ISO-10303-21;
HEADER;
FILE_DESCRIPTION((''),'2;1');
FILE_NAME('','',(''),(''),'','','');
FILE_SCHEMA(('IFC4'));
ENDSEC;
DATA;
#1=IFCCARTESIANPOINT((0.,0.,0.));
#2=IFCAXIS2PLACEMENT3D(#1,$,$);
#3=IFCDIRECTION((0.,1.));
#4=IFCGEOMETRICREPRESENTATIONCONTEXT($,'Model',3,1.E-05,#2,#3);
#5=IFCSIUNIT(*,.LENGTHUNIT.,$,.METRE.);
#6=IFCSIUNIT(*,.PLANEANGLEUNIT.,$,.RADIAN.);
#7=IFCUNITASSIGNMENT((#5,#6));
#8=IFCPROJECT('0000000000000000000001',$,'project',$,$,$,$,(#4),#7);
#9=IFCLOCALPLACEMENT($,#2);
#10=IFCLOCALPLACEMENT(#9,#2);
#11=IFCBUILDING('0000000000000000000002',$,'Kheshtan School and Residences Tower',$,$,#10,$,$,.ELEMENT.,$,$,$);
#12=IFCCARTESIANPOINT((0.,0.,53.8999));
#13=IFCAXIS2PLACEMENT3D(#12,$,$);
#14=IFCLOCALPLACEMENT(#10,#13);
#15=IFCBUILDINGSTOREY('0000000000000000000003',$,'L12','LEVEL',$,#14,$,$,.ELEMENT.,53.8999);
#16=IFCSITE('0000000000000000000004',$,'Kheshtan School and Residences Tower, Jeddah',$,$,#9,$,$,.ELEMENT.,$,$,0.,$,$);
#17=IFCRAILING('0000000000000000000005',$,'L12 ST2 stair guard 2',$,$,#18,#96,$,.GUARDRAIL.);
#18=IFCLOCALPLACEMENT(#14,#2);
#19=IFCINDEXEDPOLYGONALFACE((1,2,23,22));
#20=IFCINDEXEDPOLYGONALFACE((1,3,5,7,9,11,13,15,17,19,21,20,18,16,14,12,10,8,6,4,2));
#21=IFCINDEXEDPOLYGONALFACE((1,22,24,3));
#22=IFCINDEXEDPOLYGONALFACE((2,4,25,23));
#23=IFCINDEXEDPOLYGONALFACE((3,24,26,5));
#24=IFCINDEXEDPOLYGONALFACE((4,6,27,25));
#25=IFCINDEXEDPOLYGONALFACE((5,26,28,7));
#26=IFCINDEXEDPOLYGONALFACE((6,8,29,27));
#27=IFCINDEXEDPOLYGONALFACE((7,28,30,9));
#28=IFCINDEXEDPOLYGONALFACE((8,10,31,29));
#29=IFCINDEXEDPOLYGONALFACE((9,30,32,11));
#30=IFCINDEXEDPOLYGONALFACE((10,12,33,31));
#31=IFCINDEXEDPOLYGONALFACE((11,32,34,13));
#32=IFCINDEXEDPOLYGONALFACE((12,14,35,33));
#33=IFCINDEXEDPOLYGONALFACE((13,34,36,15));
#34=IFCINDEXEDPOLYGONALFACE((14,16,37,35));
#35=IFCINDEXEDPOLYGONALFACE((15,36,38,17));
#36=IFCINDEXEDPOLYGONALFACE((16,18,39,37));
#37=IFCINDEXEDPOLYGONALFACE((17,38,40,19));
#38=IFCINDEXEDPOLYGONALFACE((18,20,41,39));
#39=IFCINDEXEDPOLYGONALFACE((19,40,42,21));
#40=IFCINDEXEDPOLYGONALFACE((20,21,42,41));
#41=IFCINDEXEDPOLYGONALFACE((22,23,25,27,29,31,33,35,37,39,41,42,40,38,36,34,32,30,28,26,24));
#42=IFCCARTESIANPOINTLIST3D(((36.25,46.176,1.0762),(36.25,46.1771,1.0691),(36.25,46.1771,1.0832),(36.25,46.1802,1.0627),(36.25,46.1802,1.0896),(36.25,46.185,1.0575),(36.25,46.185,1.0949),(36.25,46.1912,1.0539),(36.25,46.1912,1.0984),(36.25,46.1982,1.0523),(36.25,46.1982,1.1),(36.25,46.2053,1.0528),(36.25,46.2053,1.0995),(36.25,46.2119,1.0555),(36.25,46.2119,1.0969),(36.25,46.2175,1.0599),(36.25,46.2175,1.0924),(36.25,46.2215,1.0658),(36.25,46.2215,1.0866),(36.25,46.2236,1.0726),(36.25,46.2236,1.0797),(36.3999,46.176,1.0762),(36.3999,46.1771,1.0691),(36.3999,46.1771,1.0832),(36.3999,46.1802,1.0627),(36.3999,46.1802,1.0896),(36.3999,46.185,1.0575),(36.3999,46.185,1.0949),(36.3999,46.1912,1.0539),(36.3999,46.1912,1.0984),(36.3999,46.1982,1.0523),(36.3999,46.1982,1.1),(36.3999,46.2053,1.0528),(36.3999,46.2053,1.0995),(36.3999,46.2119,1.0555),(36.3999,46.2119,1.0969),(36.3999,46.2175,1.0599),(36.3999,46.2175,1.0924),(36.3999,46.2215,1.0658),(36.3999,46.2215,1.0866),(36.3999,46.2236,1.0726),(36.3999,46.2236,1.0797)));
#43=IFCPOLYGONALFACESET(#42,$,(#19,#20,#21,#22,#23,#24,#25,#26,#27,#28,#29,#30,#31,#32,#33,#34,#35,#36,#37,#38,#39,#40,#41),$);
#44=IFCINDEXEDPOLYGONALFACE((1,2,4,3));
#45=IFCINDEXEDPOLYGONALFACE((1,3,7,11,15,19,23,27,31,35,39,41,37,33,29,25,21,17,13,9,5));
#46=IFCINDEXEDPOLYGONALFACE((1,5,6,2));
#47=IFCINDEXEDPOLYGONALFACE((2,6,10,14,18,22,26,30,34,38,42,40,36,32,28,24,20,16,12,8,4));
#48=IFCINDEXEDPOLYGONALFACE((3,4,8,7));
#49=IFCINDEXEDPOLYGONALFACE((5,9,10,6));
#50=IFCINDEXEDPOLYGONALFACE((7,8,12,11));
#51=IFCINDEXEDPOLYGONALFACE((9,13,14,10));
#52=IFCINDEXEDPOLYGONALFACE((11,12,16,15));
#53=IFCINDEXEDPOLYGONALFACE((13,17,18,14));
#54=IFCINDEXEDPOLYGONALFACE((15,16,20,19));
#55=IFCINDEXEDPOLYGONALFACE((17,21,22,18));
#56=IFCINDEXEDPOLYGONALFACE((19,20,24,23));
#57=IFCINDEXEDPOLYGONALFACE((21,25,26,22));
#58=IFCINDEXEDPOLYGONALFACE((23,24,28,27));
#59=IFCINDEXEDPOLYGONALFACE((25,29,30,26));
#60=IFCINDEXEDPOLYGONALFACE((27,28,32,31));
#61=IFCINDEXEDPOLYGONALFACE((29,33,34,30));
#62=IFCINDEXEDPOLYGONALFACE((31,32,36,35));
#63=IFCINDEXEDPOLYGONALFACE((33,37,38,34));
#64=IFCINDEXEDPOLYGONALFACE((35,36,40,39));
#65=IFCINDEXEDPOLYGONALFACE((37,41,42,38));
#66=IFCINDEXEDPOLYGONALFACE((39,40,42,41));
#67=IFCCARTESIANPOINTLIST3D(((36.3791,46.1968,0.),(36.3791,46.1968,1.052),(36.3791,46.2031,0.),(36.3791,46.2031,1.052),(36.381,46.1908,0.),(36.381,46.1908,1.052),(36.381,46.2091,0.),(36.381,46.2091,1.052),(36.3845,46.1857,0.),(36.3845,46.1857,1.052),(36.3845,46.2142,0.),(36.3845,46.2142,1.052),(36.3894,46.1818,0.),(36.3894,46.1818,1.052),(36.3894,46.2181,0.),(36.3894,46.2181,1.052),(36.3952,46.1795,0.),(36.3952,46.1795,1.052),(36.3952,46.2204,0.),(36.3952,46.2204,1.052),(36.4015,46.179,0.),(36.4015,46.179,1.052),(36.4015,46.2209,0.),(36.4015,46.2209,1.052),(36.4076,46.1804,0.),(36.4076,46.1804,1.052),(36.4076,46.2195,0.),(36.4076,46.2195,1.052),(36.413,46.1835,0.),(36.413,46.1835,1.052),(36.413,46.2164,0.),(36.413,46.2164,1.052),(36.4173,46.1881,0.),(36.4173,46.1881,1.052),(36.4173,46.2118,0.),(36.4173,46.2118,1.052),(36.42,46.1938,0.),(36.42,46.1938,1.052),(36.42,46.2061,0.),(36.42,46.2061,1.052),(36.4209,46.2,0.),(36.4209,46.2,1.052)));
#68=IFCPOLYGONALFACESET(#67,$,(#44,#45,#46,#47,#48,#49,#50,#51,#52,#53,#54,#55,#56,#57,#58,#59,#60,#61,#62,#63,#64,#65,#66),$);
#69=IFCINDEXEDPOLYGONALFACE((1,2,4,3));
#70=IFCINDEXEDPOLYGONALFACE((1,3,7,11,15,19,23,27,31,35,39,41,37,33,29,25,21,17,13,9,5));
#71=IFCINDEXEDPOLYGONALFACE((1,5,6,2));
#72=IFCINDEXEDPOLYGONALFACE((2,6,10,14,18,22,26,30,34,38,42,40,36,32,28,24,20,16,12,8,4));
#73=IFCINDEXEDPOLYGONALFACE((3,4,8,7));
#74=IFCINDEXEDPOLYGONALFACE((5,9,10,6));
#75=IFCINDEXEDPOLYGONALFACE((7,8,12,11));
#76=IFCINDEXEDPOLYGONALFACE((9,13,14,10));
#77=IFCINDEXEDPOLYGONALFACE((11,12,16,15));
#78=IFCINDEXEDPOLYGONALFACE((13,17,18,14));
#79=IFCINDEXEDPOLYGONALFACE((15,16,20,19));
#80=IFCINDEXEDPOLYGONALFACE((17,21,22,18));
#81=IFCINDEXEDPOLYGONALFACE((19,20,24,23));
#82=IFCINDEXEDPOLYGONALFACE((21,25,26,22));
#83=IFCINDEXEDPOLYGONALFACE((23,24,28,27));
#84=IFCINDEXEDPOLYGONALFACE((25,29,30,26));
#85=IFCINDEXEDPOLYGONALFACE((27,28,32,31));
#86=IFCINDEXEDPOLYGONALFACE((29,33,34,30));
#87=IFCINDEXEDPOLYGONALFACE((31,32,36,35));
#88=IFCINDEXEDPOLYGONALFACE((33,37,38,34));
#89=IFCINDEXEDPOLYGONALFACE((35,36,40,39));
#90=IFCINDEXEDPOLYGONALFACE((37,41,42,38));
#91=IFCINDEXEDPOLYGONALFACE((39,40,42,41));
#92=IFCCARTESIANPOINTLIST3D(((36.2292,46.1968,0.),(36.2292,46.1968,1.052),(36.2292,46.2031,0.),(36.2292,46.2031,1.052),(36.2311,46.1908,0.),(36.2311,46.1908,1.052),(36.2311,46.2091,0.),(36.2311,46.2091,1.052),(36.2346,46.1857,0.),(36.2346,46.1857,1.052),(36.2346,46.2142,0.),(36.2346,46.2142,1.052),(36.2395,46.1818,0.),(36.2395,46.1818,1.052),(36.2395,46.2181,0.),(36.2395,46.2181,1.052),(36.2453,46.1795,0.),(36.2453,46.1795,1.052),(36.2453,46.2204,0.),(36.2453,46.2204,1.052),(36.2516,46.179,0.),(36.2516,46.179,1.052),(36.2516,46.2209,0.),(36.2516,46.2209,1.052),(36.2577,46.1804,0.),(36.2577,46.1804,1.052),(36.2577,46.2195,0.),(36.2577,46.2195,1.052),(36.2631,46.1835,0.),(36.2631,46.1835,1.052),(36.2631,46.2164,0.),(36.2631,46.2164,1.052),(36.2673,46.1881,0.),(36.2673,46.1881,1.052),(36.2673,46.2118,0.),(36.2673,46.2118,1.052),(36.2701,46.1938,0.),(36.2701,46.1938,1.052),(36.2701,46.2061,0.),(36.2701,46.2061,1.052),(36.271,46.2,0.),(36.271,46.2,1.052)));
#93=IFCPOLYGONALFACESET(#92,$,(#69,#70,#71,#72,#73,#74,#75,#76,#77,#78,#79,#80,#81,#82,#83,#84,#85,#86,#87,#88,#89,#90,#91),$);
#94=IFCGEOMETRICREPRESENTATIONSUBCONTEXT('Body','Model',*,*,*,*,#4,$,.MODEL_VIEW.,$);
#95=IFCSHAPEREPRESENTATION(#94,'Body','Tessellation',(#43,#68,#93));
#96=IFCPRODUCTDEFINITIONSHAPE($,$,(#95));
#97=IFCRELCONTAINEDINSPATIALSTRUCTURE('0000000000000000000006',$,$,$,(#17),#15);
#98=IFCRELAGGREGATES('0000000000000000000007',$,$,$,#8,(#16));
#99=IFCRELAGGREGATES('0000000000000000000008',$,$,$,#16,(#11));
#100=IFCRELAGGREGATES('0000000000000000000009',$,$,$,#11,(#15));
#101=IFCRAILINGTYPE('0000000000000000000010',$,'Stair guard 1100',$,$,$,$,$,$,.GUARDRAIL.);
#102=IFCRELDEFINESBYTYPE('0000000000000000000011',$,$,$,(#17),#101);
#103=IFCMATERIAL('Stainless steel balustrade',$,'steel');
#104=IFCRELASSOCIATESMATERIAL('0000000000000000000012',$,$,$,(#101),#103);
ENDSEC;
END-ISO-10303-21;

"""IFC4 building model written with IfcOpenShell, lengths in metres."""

from ifc_helpers import new_model, si_unit, direction, frame, origin, origin_2d, place, context, subcontext, project, spatial, circle, extrude, material, type_object, element, save


model = new_model("IFC4")

# Units and contexts
model_context = context("Model", 3, precision=1e-05, world=origin(), true_north=direction((0.0, 1.0)))
body_context = subcontext(model_context, "Body", "Model", "MODEL_VIEW")
ifc_project = project(units=[si_unit("LENGTHUNIT", "METRE"), si_unit("PLANEANGLEUNIT", "RADIAN")], contexts=[model_context])

# Site, building, storey
site_placement = place(None, origin())
site = spatial("IfcSite", under=ifc_project, at=site_placement, Name="Kheshtan School and Residences Tower, Jeddah", CompositionType="ELEMENT", RefElevation=0.0)
building_placement = place(site_placement, origin())
building = spatial("IfcBuilding", under=site, at=building_placement, Name="Kheshtan School and Residences Tower", CompositionType="ELEMENT")
storey_placement = place(building_placement, frame((0.0, 0.0, 53.8999)))
storey = spatial("IfcBuildingStorey", under=building, at=storey_placement, Name="L12", Description="LEVEL", CompositionType="ELEMENT", Elevation=53.8999)

# Railing
ifc_material_1 = material(Name="Stainless steel balustrade", Category="steel")
railing_type_1 = type_object("IfcRailingType", Name="Stair guard 1100", PredefinedType="GUARDRAIL", material=ifc_material_1)
railing_1_placement = place(storey_placement, frame((36.3999, 46.2, 0.0)))
element("IfcRailing", 1, at=railing_1_placement, inside=storey, type_object=railing_type_1, Name="L12 ST2 stair guard 2", PredefinedType="GUARDRAIL", context=body_context, shape_type="SweptSolid", body=[
    extrude(circle(Radius=0.0239, at=origin_2d()), frame((0.0, 0.0, 1.0762), z_axis=(-1.0, 0.0, 0.0), x_axis=(0.0, -1.0, 0.0)), (0.0, 0.0, 1.0), 0.1499),
    extrude(circle(Radius=0.021, at=origin_2d()), origin(), (0.0, 0.0, 1.0), 1.052),
    extrude(circle(Radius=0.021, at=origin_2d()), frame((-0.1499, 0.0, 0.0)), (0.0, 0.0, 1.0), 1.052),
])

save(model, "model.ifc")
